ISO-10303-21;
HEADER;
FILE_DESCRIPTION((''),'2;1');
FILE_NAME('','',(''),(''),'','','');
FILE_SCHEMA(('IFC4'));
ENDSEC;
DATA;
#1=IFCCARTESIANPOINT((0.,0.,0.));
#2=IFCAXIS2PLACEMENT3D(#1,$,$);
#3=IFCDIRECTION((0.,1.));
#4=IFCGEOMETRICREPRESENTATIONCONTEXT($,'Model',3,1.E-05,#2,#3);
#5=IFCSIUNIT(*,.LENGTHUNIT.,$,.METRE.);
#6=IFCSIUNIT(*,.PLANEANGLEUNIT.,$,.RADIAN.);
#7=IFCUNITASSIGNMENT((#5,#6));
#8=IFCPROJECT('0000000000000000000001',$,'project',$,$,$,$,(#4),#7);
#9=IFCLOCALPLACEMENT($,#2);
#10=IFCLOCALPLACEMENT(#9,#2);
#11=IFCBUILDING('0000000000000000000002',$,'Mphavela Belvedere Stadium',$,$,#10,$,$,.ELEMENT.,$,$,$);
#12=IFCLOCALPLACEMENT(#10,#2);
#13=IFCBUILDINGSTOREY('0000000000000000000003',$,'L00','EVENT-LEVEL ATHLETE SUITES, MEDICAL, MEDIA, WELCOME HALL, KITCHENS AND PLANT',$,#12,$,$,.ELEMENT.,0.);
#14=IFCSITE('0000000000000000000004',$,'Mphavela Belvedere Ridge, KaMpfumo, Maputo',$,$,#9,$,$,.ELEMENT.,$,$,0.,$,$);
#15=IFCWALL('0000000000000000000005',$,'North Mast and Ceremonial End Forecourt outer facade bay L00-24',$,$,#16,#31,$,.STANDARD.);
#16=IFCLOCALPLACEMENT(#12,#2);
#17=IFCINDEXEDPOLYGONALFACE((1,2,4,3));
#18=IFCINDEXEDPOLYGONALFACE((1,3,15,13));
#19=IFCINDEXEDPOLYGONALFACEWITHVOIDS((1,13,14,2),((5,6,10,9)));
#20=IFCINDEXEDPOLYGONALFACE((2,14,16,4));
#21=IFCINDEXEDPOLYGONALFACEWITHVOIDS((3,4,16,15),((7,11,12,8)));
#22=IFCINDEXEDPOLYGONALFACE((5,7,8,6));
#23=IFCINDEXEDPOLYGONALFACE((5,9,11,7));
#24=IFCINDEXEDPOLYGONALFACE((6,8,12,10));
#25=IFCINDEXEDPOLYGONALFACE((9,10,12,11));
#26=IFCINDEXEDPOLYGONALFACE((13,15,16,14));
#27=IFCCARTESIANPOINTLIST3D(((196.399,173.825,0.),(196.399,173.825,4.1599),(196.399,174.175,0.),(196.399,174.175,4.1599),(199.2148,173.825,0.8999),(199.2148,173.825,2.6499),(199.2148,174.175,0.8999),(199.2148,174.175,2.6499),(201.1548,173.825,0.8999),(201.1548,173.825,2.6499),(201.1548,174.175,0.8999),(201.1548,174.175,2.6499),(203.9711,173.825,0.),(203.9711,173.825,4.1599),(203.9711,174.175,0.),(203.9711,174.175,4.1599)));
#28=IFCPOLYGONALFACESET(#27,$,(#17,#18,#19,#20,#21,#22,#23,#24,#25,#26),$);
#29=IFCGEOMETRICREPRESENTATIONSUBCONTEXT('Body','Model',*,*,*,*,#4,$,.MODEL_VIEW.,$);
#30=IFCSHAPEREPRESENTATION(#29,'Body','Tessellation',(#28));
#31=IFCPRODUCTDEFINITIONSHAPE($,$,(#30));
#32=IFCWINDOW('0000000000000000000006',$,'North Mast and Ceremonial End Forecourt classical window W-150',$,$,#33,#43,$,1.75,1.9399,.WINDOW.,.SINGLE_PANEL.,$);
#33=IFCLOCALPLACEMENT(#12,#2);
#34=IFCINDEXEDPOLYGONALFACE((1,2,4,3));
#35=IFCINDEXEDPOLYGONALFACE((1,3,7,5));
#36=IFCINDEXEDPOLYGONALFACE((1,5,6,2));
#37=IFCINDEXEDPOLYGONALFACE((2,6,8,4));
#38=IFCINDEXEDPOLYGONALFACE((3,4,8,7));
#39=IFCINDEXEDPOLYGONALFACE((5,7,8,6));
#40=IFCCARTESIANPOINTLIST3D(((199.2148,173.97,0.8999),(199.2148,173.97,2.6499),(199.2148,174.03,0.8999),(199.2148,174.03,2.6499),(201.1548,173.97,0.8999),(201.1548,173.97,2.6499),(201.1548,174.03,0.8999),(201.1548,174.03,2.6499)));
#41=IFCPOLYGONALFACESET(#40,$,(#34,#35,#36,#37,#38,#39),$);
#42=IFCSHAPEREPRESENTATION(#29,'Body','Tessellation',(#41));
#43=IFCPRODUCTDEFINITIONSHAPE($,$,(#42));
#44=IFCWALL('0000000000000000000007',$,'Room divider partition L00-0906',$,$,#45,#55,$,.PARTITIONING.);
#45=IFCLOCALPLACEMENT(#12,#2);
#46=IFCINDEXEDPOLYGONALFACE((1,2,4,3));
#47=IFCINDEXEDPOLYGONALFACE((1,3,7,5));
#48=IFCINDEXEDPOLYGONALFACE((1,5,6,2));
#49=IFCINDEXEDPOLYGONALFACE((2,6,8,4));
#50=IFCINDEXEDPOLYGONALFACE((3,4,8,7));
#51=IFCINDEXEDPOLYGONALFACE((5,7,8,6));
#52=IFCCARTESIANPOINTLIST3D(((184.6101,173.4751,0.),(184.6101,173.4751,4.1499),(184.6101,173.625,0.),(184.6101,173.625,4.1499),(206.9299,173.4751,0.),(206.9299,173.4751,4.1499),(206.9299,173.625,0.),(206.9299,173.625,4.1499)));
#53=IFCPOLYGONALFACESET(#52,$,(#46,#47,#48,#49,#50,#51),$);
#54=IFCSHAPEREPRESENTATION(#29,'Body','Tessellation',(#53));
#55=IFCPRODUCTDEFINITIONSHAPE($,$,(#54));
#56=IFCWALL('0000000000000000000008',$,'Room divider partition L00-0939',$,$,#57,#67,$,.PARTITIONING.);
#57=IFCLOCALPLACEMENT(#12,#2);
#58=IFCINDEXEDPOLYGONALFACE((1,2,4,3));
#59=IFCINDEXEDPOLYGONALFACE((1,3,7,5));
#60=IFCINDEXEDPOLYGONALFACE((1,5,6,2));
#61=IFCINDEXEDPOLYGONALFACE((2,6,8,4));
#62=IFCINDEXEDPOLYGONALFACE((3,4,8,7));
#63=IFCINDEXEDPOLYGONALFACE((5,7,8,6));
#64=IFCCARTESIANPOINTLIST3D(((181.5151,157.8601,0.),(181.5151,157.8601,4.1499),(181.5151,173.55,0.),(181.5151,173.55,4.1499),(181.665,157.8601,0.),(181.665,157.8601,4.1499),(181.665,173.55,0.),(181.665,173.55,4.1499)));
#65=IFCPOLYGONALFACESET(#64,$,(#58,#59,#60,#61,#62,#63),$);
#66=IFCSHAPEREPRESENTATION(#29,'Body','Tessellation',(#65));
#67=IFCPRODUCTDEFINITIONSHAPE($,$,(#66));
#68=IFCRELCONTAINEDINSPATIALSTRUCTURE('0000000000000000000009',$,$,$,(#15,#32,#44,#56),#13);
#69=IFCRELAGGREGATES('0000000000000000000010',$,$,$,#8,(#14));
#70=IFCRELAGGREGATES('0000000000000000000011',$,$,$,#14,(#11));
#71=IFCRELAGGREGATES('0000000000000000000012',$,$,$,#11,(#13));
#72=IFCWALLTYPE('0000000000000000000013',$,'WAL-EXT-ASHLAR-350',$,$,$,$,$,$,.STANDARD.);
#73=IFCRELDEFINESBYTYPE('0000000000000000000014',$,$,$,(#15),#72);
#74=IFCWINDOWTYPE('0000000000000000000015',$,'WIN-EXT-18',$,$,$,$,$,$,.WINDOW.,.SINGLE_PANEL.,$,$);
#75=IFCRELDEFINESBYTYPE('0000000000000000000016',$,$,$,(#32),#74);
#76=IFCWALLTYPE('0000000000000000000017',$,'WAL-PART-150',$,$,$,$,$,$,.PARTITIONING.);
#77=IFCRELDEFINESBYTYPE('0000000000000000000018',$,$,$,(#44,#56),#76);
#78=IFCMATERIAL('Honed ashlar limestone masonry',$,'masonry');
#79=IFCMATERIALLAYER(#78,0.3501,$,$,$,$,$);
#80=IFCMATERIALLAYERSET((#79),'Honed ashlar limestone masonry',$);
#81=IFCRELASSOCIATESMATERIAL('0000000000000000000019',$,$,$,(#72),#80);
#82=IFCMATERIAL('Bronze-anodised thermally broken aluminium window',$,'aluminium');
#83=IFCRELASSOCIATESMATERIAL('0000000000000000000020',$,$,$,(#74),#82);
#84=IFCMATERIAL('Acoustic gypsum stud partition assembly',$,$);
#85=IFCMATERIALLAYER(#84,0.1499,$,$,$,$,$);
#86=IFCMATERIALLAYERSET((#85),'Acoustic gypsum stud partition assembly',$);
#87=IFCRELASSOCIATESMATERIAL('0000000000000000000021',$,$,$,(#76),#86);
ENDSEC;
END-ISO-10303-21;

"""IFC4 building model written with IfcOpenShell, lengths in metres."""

from ifc_helpers import new_model, si_unit, direction, frame, frame_2d, origin, place, context, subcontext, project, spatial, rectangle, extrude, material, layer, layer_set, type_object, element, fill, save


model = new_model("IFC4")

# Units and contexts
model_context = context("Model", 3, precision=1e-05, world=origin(), true_north=direction((0.0, 1.0)))
body_context = subcontext(model_context, "Body", "Model", "MODEL_VIEW")
ifc_project = project(units=[si_unit("LENGTHUNIT", "METRE"), si_unit("PLANEANGLEUNIT", "RADIAN")], contexts=[model_context])

# Site, building, storey
site_placement = place(None, origin())
site = spatial("IfcSite", under=ifc_project, at=site_placement, Name="Mphavela Belvedere Ridge, KaMpfumo, Maputo", CompositionType="ELEMENT", RefElevation=0.0)
building_placement = place(site_placement, origin())
building = spatial("IfcBuilding", under=site, at=building_placement, Name="Mphavela Belvedere Stadium", CompositionType="ELEMENT")
storey_placement = place(building_placement, origin())
storey = spatial("IfcBuildingStorey", under=building, at=storey_placement, Name="L00", Description="EVENT-LEVEL ATHLETE SUITES, MEDICAL, MEDIA, WELCOME HALL, KITCHENS AND PLANT", CompositionType="ELEMENT", Elevation=0.0)

# Wall, opening, window
ifc_material_1 = material(Name="Honed ashlar limestone masonry", Category="masonry")
ifc_layer_1 = layer(ifc_material_1, 0.3501)
ifc_layer_set_1 = layer_set([ifc_layer_1], Name="Honed ashlar limestone masonry")
wall_type_1 = type_object("IfcWallType", Name="WAL-EXT-ASHLAR-350", PredefinedType="STANDARD", material=ifc_layer_set_1)
wall_1_placement = place(storey_placement, frame((196.3989, 174.0, 0.0), z_axis=(0.0, 0.0, 1.0), x_axis=(1.0, 0.0, 0.0)))
wall_1 = element("IfcWall", 1, at=wall_1_placement, inside=storey, type_object=wall_type_1, Name="North Mast and Ceremonial End Forecourt outer facade bay L00-24", PredefinedType="STANDARD", context=body_context, shape_type="SweptSolid", body=[
    extrude(rectangle(XDim=7.572, YDim=0.3501, at=frame_2d((3.7861, 0.0))), origin(), (0.0, 0.0, 1.0), 4.1599),
])
opening_1_placement = place(wall_1_placement, frame((2.8159, 0.0, 0.8999)))
opening_1 = element("IfcOpeningElement", 2, at=opening_1_placement, cuts=wall_1, PredefinedType="OPENING", context=body_context, shape_type="SweptSolid", body=[
    extrude(rectangle(XDim=1.9399, YDim=1.75, at=frame_2d((0.97, 0.875))), frame((0.0, 0.1851, 0.0), z_axis=(0.0, -1.0, 0.0), x_axis=(1.0, 0.0, 0.0)), (0.0, 0.0, 1.0), 0.3701),
])
ifc_material_2 = material(Name="Bronze-anodised thermally broken aluminium window", Category="aluminium")
window_type_1 = type_object("IfcWindowType", Name="WIN-EXT-18", PartitioningType="SINGLE_PANEL", PredefinedType="WINDOW", material=ifc_material_2)
window_1_placement = place(opening_1_placement, origin())
window_1 = element("IfcWindow", 3, at=window_1_placement, inside=storey, type_object=window_type_1, Name="North Mast and Ceremonial End Forecourt classical window W-150", OverallHeight=1.75, OverallWidth=1.9399, PartitioningType="SINGLE_PANEL", PredefinedType="WINDOW", context=body_context, shape_type="SweptSolid", body=[
    extrude(rectangle(XDim=1.9399, YDim=1.75, at=frame_2d((0.97, 0.875))), frame((0.0, 0.03, 0.0), z_axis=(0.0, -1.0, 0.0), x_axis=(1.0, 0.0, 0.0)), (0.0, 0.0, 1.0), 0.0601),
])
fill(opening_1, window_1)

# Walls
ifc_material_3 = material(Name="Acoustic gypsum stud partition assembly")
ifc_layer_2 = layer(ifc_material_3, 0.1499)
ifc_layer_set_2 = layer_set([ifc_layer_2], Name="Acoustic gypsum stud partition assembly")
wall_type_2 = type_object("IfcWallType", Name="WAL-PART-150", PredefinedType="PARTITIONING", material=ifc_layer_set_2)
wall_2_placement = place(storey_placement, frame((184.6101, 173.55, 0.0), z_axis=(0.0, 0.0, 1.0), x_axis=(1.0, 0.0, 0.0)))
element("IfcWall", 4, at=wall_2_placement, inside=storey, type_object=wall_type_2, Name="Room divider partition L00-0906", PredefinedType="PARTITIONING", context=body_context, shape_type="SweptSolid", body=[
    extrude(rectangle(XDim=22.3198, YDim=0.1499, at=frame_2d((11.1599, 0.0))), origin(), (0.0, 0.0, 1.0), 4.1499),
])
wall_3_placement = place(storey_placement, frame((181.5901, 173.55, 0.0), z_axis=(0.0, 0.0, 1.0), x_axis=(0.0, -1.0, 0.0)))
element("IfcWall", 5, at=wall_3_placement, inside=storey, type_object=wall_type_2, Name="Room divider partition L00-0939", PredefinedType="PARTITIONING", context=body_context, shape_type="SweptSolid", body=[
    extrude(rectangle(XDim=15.6899, YDim=0.1499, at=frame_2d((7.845, 0.0))), origin(), (0.0, 0.0, 1.0), 4.1499),
])

save(model, "model.ifc")
